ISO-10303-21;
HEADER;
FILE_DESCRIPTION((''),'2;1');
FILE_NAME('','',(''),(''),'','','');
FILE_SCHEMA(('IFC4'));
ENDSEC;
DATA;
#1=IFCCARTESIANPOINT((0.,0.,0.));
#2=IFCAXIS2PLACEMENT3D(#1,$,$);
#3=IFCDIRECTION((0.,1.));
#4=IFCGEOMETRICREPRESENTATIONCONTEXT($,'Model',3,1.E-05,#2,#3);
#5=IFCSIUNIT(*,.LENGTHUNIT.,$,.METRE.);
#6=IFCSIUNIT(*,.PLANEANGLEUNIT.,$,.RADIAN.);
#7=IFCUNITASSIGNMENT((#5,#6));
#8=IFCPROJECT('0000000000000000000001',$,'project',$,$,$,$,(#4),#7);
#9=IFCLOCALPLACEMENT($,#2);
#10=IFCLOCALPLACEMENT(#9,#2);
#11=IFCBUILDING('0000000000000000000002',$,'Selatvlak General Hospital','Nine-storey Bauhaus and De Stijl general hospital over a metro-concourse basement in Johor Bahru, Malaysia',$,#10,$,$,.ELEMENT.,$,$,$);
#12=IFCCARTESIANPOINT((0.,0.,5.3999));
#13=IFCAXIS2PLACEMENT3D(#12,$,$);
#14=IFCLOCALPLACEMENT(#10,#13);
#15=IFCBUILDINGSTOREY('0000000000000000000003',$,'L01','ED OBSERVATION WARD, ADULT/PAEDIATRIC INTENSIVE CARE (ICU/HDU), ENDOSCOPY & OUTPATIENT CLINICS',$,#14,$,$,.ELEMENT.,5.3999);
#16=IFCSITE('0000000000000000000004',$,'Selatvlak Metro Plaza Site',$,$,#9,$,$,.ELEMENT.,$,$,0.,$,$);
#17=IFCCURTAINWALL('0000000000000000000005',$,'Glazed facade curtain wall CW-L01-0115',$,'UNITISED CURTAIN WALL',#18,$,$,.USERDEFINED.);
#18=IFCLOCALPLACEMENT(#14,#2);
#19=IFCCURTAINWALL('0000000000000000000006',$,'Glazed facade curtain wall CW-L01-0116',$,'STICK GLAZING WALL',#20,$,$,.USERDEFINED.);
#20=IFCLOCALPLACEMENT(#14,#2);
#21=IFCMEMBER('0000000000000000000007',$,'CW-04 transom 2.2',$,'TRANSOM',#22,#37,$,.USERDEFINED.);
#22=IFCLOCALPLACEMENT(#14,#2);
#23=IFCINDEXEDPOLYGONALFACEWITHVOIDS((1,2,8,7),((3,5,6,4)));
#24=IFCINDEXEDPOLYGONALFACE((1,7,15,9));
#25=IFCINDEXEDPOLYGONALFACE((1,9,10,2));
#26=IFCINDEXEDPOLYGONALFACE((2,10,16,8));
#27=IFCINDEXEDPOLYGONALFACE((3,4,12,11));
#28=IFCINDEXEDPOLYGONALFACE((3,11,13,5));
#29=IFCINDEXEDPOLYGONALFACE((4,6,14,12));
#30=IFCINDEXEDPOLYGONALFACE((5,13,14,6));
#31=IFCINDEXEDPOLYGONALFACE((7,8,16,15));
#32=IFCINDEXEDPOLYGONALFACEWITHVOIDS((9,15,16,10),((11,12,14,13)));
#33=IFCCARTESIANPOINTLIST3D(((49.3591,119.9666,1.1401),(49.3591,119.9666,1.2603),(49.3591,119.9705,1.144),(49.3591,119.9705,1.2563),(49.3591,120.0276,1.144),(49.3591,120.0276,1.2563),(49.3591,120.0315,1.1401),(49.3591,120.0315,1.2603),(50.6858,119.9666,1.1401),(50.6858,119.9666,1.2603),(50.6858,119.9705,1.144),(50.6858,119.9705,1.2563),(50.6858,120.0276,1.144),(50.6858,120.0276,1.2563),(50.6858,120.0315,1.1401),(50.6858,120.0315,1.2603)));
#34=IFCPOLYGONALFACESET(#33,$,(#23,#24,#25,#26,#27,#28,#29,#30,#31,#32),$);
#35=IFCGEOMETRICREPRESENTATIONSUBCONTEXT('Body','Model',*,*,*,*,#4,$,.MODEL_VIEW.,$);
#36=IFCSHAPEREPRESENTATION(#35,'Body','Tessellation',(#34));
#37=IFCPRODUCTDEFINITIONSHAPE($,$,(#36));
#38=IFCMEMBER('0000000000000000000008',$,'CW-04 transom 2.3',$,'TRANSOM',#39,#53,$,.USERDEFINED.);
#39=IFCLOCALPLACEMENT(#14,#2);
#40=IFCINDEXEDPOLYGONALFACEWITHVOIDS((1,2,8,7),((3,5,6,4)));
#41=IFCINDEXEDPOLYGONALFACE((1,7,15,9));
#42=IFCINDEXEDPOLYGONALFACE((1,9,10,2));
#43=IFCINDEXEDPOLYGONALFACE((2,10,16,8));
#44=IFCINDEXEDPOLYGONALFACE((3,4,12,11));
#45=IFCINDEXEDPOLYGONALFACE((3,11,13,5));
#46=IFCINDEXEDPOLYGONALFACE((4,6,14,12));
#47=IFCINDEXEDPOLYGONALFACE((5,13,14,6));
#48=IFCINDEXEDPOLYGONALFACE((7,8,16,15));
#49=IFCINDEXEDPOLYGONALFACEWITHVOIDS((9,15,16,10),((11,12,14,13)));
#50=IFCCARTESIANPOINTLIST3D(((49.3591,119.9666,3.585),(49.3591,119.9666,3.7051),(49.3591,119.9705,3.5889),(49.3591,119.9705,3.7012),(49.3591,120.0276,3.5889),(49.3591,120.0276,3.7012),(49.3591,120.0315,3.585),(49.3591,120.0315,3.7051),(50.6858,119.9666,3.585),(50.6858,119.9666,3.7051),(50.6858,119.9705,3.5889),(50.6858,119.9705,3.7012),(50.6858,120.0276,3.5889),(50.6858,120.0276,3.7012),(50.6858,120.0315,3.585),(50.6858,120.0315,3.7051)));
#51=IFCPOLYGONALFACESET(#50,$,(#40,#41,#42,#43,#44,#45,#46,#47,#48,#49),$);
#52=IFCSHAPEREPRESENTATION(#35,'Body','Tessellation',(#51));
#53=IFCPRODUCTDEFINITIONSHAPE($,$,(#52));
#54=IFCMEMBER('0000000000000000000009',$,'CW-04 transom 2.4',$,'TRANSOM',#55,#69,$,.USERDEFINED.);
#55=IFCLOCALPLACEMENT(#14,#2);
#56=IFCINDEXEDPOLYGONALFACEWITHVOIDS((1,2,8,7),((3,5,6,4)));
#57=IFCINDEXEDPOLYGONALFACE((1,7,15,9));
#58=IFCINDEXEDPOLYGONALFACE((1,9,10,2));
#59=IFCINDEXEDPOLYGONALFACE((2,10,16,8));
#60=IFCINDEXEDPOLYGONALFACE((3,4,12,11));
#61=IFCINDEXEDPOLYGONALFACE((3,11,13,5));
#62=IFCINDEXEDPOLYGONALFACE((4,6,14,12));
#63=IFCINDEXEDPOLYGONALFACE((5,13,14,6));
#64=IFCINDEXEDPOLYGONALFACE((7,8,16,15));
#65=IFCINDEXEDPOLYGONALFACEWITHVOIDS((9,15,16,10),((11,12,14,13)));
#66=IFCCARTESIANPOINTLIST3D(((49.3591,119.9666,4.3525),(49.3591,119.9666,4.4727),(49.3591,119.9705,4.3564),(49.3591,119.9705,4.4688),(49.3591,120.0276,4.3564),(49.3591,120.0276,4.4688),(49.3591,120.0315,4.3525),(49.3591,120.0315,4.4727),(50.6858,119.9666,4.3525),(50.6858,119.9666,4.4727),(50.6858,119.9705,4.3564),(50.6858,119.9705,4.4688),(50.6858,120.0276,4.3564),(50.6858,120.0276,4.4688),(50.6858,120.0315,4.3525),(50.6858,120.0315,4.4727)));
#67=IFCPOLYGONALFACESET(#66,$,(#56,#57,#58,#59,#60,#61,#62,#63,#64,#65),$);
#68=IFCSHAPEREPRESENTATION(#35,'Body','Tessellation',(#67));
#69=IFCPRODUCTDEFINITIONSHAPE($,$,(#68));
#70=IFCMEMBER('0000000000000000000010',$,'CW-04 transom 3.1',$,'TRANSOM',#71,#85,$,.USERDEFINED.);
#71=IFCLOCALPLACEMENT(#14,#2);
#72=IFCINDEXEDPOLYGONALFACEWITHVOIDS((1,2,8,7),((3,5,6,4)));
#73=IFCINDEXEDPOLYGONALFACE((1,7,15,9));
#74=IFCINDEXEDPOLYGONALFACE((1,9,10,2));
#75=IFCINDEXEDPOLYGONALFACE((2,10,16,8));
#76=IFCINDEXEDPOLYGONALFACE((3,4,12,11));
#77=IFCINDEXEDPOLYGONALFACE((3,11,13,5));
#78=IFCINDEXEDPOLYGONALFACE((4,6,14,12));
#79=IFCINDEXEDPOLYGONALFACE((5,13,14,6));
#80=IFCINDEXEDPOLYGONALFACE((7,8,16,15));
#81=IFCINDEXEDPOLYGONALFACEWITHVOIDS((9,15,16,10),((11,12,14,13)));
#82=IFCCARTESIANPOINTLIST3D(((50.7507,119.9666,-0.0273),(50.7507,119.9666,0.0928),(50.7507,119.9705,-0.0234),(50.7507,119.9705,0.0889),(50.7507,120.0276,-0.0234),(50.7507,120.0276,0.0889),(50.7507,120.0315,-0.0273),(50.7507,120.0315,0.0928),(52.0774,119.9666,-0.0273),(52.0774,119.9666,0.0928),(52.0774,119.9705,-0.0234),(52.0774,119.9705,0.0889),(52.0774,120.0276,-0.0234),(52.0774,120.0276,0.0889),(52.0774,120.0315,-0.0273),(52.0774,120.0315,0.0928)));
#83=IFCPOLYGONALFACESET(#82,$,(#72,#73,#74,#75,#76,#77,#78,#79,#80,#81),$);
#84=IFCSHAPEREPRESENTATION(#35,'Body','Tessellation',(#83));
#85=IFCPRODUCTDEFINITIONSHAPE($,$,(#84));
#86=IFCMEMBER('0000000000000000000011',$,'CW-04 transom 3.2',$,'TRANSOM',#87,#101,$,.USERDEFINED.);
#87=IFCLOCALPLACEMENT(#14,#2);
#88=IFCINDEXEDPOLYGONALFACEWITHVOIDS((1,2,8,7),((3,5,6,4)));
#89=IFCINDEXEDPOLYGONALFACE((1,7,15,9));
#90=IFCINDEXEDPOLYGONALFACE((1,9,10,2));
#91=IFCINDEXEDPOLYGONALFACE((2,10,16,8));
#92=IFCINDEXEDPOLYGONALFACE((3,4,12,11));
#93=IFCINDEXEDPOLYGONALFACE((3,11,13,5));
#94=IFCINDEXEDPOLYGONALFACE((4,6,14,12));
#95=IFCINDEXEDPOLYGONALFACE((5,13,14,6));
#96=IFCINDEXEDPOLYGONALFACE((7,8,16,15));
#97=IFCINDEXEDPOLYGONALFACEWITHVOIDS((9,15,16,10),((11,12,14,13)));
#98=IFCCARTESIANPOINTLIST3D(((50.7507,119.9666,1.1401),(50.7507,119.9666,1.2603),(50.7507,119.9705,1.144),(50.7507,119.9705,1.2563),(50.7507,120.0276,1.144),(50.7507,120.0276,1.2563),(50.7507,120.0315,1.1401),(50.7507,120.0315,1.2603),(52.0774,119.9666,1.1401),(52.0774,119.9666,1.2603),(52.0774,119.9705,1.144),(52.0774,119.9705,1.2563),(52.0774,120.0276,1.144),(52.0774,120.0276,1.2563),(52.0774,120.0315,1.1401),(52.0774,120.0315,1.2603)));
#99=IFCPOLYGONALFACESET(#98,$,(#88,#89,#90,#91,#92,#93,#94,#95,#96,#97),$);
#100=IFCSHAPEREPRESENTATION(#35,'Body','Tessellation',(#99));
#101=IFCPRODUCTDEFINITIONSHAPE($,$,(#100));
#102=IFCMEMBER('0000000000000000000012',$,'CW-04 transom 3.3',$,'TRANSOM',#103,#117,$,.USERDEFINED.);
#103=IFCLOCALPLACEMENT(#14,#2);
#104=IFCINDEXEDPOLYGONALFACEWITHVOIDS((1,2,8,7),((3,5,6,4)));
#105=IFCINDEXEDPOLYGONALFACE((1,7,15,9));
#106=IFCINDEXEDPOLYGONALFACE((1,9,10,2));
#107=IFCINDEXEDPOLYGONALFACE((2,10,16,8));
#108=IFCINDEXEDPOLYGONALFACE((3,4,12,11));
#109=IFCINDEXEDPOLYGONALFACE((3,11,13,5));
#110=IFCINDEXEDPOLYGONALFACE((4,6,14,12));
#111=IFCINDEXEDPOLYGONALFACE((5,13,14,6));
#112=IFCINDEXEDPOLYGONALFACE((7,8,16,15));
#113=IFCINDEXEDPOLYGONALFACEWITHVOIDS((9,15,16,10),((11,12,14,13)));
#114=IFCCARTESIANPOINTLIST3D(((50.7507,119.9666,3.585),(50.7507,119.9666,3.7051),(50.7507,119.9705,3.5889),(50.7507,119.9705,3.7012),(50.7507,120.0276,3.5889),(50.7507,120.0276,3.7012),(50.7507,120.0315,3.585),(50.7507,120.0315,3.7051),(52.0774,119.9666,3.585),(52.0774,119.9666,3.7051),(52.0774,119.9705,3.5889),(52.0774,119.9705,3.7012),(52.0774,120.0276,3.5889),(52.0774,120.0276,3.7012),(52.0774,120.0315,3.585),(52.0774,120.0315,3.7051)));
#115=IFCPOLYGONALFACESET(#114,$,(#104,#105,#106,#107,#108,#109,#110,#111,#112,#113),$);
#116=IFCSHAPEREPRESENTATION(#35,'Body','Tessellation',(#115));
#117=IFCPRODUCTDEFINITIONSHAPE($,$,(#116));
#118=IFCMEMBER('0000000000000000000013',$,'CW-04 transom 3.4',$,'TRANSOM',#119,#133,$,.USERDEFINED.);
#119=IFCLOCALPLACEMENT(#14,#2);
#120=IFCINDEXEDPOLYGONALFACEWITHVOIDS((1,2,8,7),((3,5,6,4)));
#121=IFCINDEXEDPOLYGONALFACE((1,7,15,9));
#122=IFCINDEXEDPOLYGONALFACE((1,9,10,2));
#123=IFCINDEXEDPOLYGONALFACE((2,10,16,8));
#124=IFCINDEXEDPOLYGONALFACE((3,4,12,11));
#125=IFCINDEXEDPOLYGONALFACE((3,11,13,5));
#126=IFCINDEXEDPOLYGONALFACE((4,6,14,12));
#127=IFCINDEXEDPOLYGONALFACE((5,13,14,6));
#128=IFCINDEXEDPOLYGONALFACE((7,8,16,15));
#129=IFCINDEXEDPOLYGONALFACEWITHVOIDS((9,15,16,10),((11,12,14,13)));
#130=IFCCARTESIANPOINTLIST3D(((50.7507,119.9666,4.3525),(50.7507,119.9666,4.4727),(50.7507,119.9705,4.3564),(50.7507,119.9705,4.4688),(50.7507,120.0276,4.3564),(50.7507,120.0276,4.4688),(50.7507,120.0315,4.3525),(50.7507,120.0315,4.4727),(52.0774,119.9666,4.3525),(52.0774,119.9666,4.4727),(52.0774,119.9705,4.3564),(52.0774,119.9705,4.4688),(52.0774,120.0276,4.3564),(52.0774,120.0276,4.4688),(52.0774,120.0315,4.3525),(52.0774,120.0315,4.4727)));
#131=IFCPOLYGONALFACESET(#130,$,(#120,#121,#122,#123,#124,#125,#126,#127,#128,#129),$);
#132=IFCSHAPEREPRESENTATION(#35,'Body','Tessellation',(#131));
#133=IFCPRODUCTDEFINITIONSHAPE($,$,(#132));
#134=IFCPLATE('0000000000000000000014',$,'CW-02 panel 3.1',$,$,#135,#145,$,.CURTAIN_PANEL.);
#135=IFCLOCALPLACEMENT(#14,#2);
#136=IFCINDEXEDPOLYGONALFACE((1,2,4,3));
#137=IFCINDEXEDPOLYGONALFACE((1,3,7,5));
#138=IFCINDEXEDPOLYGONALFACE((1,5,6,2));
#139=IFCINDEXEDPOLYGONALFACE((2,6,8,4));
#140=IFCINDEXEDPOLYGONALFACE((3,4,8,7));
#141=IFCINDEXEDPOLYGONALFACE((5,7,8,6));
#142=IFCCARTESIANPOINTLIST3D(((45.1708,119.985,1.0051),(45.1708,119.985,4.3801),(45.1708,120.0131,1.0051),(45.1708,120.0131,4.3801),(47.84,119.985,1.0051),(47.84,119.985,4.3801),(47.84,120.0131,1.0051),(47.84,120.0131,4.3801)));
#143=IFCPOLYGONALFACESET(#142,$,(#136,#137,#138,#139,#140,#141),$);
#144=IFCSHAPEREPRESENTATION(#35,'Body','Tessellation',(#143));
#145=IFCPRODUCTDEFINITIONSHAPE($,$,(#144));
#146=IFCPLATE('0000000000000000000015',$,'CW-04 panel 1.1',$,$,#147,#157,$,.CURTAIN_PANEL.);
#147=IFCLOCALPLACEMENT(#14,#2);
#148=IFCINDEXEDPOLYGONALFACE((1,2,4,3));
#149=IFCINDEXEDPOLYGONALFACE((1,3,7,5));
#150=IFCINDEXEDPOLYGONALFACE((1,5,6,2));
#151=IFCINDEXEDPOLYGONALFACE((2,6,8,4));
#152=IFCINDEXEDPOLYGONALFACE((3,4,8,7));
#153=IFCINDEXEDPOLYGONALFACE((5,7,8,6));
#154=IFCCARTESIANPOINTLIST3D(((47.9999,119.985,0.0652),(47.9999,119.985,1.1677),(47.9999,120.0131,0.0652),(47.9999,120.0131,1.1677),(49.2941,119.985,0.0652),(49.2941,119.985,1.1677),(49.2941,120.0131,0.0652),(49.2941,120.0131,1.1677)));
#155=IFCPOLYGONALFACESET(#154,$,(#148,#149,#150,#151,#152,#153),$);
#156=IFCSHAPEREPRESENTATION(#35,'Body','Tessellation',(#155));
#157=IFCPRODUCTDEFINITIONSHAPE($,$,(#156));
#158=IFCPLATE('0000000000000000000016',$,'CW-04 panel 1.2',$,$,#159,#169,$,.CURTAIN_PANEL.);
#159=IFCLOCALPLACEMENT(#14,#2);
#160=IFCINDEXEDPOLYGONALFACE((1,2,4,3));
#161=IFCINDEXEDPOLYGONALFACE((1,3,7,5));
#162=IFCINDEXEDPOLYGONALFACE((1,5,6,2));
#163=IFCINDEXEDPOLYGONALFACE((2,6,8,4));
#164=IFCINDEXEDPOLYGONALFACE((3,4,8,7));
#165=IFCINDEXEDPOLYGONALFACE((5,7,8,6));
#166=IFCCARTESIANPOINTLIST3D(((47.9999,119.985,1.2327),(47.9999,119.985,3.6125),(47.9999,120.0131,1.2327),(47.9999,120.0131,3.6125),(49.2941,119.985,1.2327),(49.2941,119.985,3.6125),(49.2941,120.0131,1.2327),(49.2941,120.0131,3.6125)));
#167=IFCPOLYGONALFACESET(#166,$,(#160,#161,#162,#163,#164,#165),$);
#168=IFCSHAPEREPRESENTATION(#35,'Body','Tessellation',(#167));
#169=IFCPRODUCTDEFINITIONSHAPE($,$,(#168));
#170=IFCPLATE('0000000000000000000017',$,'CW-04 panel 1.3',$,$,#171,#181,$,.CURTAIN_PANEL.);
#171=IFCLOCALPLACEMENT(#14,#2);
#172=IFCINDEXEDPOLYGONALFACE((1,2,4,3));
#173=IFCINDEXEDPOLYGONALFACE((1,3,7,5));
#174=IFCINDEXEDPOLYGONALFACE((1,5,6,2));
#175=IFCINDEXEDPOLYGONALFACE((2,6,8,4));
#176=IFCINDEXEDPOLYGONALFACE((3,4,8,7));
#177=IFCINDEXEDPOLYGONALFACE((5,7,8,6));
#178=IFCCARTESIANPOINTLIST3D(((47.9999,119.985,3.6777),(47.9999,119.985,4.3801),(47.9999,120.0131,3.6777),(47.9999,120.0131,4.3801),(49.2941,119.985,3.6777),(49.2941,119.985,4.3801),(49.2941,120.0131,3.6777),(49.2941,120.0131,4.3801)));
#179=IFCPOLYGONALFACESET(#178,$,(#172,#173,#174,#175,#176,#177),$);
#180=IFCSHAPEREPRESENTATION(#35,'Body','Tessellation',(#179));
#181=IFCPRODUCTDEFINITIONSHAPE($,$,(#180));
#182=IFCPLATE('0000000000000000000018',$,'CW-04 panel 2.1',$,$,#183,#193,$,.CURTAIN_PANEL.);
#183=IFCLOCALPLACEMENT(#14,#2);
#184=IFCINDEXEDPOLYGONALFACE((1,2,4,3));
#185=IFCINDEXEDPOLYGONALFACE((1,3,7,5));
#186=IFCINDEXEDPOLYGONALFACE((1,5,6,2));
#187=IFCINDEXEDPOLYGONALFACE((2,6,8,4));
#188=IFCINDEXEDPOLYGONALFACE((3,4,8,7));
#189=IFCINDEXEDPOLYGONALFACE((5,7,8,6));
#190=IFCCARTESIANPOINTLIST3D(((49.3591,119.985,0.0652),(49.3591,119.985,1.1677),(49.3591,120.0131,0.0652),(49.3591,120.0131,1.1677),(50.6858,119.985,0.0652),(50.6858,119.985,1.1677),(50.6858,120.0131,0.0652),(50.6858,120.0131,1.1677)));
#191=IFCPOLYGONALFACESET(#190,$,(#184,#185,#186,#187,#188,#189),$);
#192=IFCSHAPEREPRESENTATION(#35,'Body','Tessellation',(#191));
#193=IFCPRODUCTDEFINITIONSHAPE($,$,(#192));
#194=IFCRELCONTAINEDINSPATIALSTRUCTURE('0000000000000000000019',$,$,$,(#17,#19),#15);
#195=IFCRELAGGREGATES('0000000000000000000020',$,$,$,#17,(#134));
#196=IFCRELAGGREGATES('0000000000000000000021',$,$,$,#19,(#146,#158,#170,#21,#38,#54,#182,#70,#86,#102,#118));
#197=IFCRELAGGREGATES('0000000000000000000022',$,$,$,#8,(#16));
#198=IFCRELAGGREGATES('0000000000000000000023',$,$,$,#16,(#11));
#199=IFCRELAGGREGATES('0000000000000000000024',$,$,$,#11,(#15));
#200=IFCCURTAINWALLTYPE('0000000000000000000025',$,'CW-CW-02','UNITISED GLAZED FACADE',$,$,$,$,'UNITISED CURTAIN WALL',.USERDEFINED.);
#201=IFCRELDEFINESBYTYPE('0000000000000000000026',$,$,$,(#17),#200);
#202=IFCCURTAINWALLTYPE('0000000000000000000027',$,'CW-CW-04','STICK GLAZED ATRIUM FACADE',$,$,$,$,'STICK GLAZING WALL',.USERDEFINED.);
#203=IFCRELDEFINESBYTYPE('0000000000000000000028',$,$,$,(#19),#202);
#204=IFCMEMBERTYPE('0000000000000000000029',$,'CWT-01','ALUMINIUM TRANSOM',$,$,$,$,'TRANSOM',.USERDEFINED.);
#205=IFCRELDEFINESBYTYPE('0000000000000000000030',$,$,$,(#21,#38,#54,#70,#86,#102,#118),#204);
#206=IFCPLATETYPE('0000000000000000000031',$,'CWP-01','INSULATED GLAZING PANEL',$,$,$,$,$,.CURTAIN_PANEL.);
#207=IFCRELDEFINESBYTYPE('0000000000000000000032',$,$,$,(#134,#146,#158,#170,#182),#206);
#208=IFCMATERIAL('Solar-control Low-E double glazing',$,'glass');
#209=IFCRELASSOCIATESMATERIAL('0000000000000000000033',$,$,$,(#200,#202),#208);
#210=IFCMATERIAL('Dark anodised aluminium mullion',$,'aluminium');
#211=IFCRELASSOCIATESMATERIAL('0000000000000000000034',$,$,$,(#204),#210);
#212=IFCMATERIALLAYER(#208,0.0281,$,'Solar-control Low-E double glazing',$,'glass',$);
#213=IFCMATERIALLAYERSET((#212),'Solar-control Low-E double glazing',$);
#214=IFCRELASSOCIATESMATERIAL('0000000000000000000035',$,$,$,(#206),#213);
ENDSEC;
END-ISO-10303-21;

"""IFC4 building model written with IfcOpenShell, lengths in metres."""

from ifc_helpers import new_model, si_unit, direction, frame, origin, origin_2d, place, context, subcontext, project, spatial, rectangle, hollow_rectangle, extrude, material, layer, layer_set, material_profile, profile_set, type_object, element, aggregate, save


model = new_model("IFC4")

# Units and contexts
model_context = context("Model", 3, precision=1e-05, world=origin(), true_north=direction((0.0, 1.0)))
body_context = subcontext(model_context, "Body", "Model", "MODEL_VIEW")
ifc_project = project(units=[si_unit("LENGTHUNIT", "METRE"), si_unit("PLANEANGLEUNIT", "RADIAN")], contexts=[model_context])

# Site, building, storey
site_placement = place(None, origin())
site = spatial("IfcSite", under=ifc_project, at=site_placement, Name="Selatvlak Metro Plaza Site", CompositionType="ELEMENT", RefElevation=0.0)
building_placement = place(site_placement, origin())
building = spatial("IfcBuilding", under=site, at=building_placement, Name="Selatvlak General Hospital", Description="Nine-storey Bauhaus and De Stijl general hospital over a metro-concourse basement in Johor Bahru, Malaysia", CompositionType="ELEMENT")
storey_placement = place(building_placement, frame((0.0, 0.0, 5.3999)))
storey = spatial("IfcBuildingStorey", under=building, at=storey_placement, Name="L01", Description="ED OBSERVATION WARD, ADULT/PAEDIATRIC INTENSIVE CARE (ICU/HDU), ENDOSCOPY & OUTPATIENT CLINICS", CompositionType="ELEMENT", Elevation=5.3999)

# Curtain wall
ifc_material_1 = material(Name="Solar-control Low-E double glazing", Category="glass")
curtain_wall_type_1 = type_object("IfcCurtainWallType", Name="CW-CW-02", Description="UNITISED GLAZED FACADE", ElementType="UNITISED CURTAIN WALL", PredefinedType="USERDEFINED", material=ifc_material_1)
curtain_wall_1_placement = place(storey_placement, origin())
curtain_wall_1 = element("IfcCurtainWall", 1, at=curtain_wall_1_placement, inside=storey, type_object=curtain_wall_type_1, Name="Glazed facade curtain wall CW-L01-0115", ObjectType="UNITISED CURTAIN WALL", PredefinedType="USERDEFINED")
ifc_material_2 = material(Name="Dark anodised aluminium mullion", Category="aluminium")

# Curtain wall
curtain_wall_type_2 = type_object("IfcCurtainWallType", Name="CW-CW-04", Description="STICK GLAZED ATRIUM FACADE", ElementType="STICK GLAZING WALL", PredefinedType="USERDEFINED", material=ifc_material_1)
curtain_wall_2_placement = place(storey_placement, origin())
curtain_wall_2 = element("IfcCurtainWall", 2, at=curtain_wall_2_placement, inside=storey, type_object=curtain_wall_type_2, Name="Glazed facade curtain wall CW-L01-0116", ObjectType="STICK GLAZING WALL", PredefinedType="USERDEFINED")

# Members
ifc_material_profile_1 = material_profile(ifc_material_2, hollow_rectangle(XDim=0.0649, YDim=0.1201, WallThickness=0.0039, at=origin_2d()), Name="AL-TRN 65x120x4")
ifc_profile_set_1 = profile_set([ifc_material_profile_1], Name="Dark anodised aluminium mullion")
member_type_1 = type_object("IfcMemberType", Name="CWT-01", Description="ALUMINIUM TRANSOM", ElementType="TRANSOM", PredefinedType="USERDEFINED", material=ifc_profile_set_1)
member_1_placement = place(storey_placement, frame((49.3591, 119.999, 1.2002), z_axis=(1.0, 0.0, 0.0), x_axis=(0.0, 1.0, 0.0)))
member_1 = element("IfcMember", 3, at=member_1_placement, type_object=member_type_1, Name="CW-04 transom 2.2", ObjectType="TRANSOM", PredefinedType="USERDEFINED", context=body_context, shape_type="SweptSolid", body=[
    extrude(hollow_rectangle(XDim=0.0649, YDim=0.1201, WallThickness=0.0039, at=origin_2d()), origin(), (0.0, 0.0, 1.0), 1.3267),
])
member_2_placement = place(storey_placement, frame((49.3591, 119.999, 3.645), z_axis=(1.0, 0.0, 0.0), x_axis=(0.0, 1.0, 0.0)))
member_2 = element("IfcMember", 4, at=member_2_placement, type_object=member_type_1, Name="CW-04 transom 2.3", ObjectType="TRANSOM", PredefinedType="USERDEFINED", context=body_context, shape_type="SweptSolid", body=[
    extrude(hollow_rectangle(XDim=0.0649, YDim=0.1201, WallThickness=0.0039, at=origin_2d()), origin(), (0.0, 0.0, 1.0), 1.3267),
])
member_3_placement = place(storey_placement, frame((49.3591, 119.999, 4.4126), z_axis=(1.0, 0.0, 0.0), x_axis=(0.0, 1.0, 0.0)))
member_3 = element("IfcMember", 5, at=member_3_placement, type_object=member_type_1, Name="CW-04 transom 2.4", ObjectType="TRANSOM", PredefinedType="USERDEFINED", context=body_context, shape_type="SweptSolid", body=[
    extrude(hollow_rectangle(XDim=0.0649, YDim=0.1201, WallThickness=0.0039, at=origin_2d()), origin(), (0.0, 0.0, 1.0), 1.3267),
])
member_4_placement = place(storey_placement, frame((50.7507, 119.999, 0.0327), z_axis=(1.0, 0.0, 0.0), x_axis=(0.0, 1.0, 0.0)))
member_4 = element("IfcMember", 6, at=member_4_placement, type_object=member_type_1, Name="CW-04 transom 3.1", ObjectType="TRANSOM", PredefinedType="USERDEFINED", context=body_context, shape_type="SweptSolid", body=[
    extrude(hollow_rectangle(XDim=0.0649, YDim=0.1201, WallThickness=0.0039, at=origin_2d()), origin(), (0.0, 0.0, 1.0), 1.3267),
])
member_5_placement = place(storey_placement, frame((50.7507, 119.999, 1.2002), z_axis=(1.0, 0.0, 0.0), x_axis=(0.0, 1.0, 0.0)))
member_5 = element("IfcMember", 7, at=member_5_placement, type_object=member_type_1, Name="CW-04 transom 3.2", ObjectType="TRANSOM", PredefinedType="USERDEFINED", context=body_context, shape_type="SweptSolid", body=[
    extrude(hollow_rectangle(XDim=0.0649, YDim=0.1201, WallThickness=0.0039, at=origin_2d()), origin(), (0.0, 0.0, 1.0), 1.3267),
])
member_6_placement = place(storey_placement, frame((50.7507, 119.999, 3.645), z_axis=(1.0, 0.0, 0.0), x_axis=(0.0, 1.0, 0.0)))
member_6 = element("IfcMember", 8, at=member_6_placement, type_object=member_type_1, Name="CW-04 transom 3.3", ObjectType="TRANSOM", PredefinedType="USERDEFINED", context=body_context, shape_type="SweptSolid", body=[
    extrude(hollow_rectangle(XDim=0.0649, YDim=0.1201, WallThickness=0.0039, at=origin_2d()), origin(), (0.0, 0.0, 1.0), 1.3267),
])
member_7_placement = place(storey_placement, frame((50.7507, 119.999, 4.4126), z_axis=(1.0, 0.0, 0.0), x_axis=(0.0, 1.0, 0.0)))
member_7 = element("IfcMember", 9, at=member_7_placement, type_object=member_type_1, Name="CW-04 transom 3.4", ObjectType="TRANSOM", PredefinedType="USERDEFINED", context=body_context, shape_type="SweptSolid", body=[
    extrude(hollow_rectangle(XDim=0.0649, YDim=0.1201, WallThickness=0.0039, at=origin_2d()), origin(), (0.0, 0.0, 1.0), 1.3267),
])

# Plates
ifc_layer_1 = layer(ifc_material_1, 0.0281, Name="Solar-control Low-E double glazing", Category="glass")
ifc_layer_set_1 = layer_set([ifc_layer_1], Name="Solar-control Low-E double glazing")
plate_type = type_object("IfcPlateType", Name="CWP-01", Description="INSULATED GLAZING PANEL", PredefinedType="CURTAIN_PANEL", material=ifc_layer_set_1)
plate_1_placement = place(storey_placement, frame((46.5054, 119.999, 1.0051), z_axis=(0.0, 0.0, 1.0), x_axis=(1.0, 0.0, 0.0)))
plate_1 = element("IfcPlate", 10, at=plate_1_placement, type_object=plate_type, Name="CW-02 panel 3.1", PredefinedType="CURTAIN_PANEL", context=body_context, shape_type="SweptSolid", body=[
    extrude(rectangle(XDim=2.6692, YDim=0.0281, at=origin_2d()), origin(), (0.0, 0.0, 1.0), 3.375),
])
aggregate(curtain_wall_1, [plate_1])
plate_2_placement = place(storey_placement, frame((48.647, 119.999, 0.0652), z_axis=(0.0, 0.0, 1.0), x_axis=(1.0, 0.0, 0.0)))
plate_2 = element("IfcPlate", 11, at=plate_2_placement, type_object=plate_type, Name="CW-04 panel 1.1", PredefinedType="CURTAIN_PANEL", context=body_context, shape_type="SweptSolid", body=[
    extrude(rectangle(XDim=1.2942, YDim=0.0281, at=origin_2d()), origin(), (0.0, 0.0, 1.0), 1.1025),
])
plate_3_placement = place(storey_placement, frame((48.647, 119.999, 1.2327), z_axis=(0.0, 0.0, 1.0), x_axis=(1.0, 0.0, 0.0)))
plate_3 = element("IfcPlate", 12, at=plate_3_placement, type_object=plate_type, Name="CW-04 panel 1.2", PredefinedType="CURTAIN_PANEL", context=body_context, shape_type="SweptSolid", body=[
    extrude(rectangle(XDim=1.2942, YDim=0.0281, at=origin_2d()), origin(), (0.0, 0.0, 1.0), 2.3799),
])
plate_4_placement = place(storey_placement, frame((48.647, 119.999, 3.6777), z_axis=(0.0, 0.0, 1.0), x_axis=(1.0, 0.0, 0.0)))
plate_4 = element("IfcPlate", 13, at=plate_4_placement, type_object=plate_type, Name="CW-04 panel 1.3", PredefinedType="CURTAIN_PANEL", context=body_context, shape_type="SweptSolid", body=[
    extrude(rectangle(XDim=1.2942, YDim=0.0281, at=origin_2d()), origin(), (0.0, 0.0, 1.0), 0.7024),
])
plate_5_placement = place(storey_placement, frame((50.0225, 119.999, 0.0652), z_axis=(0.0, 0.0, 1.0), x_axis=(1.0, 0.0, 0.0)))
plate_5 = element("IfcPlate", 14, at=plate_5_placement, type_object=plate_type, Name="CW-04 panel 2.1", PredefinedType="CURTAIN_PANEL", context=body_context, shape_type="SweptSolid", body=[
    extrude(rectangle(XDim=1.3267, YDim=0.0281, at=origin_2d()), origin(), (0.0, 0.0, 1.0), 1.1025),
])
aggregate(curtain_wall_2, [plate_2, plate_3, plate_4, member_1, member_2, member_3, plate_5, member_4, member_5, member_6, member_7])

save(model, "model.ifc")
